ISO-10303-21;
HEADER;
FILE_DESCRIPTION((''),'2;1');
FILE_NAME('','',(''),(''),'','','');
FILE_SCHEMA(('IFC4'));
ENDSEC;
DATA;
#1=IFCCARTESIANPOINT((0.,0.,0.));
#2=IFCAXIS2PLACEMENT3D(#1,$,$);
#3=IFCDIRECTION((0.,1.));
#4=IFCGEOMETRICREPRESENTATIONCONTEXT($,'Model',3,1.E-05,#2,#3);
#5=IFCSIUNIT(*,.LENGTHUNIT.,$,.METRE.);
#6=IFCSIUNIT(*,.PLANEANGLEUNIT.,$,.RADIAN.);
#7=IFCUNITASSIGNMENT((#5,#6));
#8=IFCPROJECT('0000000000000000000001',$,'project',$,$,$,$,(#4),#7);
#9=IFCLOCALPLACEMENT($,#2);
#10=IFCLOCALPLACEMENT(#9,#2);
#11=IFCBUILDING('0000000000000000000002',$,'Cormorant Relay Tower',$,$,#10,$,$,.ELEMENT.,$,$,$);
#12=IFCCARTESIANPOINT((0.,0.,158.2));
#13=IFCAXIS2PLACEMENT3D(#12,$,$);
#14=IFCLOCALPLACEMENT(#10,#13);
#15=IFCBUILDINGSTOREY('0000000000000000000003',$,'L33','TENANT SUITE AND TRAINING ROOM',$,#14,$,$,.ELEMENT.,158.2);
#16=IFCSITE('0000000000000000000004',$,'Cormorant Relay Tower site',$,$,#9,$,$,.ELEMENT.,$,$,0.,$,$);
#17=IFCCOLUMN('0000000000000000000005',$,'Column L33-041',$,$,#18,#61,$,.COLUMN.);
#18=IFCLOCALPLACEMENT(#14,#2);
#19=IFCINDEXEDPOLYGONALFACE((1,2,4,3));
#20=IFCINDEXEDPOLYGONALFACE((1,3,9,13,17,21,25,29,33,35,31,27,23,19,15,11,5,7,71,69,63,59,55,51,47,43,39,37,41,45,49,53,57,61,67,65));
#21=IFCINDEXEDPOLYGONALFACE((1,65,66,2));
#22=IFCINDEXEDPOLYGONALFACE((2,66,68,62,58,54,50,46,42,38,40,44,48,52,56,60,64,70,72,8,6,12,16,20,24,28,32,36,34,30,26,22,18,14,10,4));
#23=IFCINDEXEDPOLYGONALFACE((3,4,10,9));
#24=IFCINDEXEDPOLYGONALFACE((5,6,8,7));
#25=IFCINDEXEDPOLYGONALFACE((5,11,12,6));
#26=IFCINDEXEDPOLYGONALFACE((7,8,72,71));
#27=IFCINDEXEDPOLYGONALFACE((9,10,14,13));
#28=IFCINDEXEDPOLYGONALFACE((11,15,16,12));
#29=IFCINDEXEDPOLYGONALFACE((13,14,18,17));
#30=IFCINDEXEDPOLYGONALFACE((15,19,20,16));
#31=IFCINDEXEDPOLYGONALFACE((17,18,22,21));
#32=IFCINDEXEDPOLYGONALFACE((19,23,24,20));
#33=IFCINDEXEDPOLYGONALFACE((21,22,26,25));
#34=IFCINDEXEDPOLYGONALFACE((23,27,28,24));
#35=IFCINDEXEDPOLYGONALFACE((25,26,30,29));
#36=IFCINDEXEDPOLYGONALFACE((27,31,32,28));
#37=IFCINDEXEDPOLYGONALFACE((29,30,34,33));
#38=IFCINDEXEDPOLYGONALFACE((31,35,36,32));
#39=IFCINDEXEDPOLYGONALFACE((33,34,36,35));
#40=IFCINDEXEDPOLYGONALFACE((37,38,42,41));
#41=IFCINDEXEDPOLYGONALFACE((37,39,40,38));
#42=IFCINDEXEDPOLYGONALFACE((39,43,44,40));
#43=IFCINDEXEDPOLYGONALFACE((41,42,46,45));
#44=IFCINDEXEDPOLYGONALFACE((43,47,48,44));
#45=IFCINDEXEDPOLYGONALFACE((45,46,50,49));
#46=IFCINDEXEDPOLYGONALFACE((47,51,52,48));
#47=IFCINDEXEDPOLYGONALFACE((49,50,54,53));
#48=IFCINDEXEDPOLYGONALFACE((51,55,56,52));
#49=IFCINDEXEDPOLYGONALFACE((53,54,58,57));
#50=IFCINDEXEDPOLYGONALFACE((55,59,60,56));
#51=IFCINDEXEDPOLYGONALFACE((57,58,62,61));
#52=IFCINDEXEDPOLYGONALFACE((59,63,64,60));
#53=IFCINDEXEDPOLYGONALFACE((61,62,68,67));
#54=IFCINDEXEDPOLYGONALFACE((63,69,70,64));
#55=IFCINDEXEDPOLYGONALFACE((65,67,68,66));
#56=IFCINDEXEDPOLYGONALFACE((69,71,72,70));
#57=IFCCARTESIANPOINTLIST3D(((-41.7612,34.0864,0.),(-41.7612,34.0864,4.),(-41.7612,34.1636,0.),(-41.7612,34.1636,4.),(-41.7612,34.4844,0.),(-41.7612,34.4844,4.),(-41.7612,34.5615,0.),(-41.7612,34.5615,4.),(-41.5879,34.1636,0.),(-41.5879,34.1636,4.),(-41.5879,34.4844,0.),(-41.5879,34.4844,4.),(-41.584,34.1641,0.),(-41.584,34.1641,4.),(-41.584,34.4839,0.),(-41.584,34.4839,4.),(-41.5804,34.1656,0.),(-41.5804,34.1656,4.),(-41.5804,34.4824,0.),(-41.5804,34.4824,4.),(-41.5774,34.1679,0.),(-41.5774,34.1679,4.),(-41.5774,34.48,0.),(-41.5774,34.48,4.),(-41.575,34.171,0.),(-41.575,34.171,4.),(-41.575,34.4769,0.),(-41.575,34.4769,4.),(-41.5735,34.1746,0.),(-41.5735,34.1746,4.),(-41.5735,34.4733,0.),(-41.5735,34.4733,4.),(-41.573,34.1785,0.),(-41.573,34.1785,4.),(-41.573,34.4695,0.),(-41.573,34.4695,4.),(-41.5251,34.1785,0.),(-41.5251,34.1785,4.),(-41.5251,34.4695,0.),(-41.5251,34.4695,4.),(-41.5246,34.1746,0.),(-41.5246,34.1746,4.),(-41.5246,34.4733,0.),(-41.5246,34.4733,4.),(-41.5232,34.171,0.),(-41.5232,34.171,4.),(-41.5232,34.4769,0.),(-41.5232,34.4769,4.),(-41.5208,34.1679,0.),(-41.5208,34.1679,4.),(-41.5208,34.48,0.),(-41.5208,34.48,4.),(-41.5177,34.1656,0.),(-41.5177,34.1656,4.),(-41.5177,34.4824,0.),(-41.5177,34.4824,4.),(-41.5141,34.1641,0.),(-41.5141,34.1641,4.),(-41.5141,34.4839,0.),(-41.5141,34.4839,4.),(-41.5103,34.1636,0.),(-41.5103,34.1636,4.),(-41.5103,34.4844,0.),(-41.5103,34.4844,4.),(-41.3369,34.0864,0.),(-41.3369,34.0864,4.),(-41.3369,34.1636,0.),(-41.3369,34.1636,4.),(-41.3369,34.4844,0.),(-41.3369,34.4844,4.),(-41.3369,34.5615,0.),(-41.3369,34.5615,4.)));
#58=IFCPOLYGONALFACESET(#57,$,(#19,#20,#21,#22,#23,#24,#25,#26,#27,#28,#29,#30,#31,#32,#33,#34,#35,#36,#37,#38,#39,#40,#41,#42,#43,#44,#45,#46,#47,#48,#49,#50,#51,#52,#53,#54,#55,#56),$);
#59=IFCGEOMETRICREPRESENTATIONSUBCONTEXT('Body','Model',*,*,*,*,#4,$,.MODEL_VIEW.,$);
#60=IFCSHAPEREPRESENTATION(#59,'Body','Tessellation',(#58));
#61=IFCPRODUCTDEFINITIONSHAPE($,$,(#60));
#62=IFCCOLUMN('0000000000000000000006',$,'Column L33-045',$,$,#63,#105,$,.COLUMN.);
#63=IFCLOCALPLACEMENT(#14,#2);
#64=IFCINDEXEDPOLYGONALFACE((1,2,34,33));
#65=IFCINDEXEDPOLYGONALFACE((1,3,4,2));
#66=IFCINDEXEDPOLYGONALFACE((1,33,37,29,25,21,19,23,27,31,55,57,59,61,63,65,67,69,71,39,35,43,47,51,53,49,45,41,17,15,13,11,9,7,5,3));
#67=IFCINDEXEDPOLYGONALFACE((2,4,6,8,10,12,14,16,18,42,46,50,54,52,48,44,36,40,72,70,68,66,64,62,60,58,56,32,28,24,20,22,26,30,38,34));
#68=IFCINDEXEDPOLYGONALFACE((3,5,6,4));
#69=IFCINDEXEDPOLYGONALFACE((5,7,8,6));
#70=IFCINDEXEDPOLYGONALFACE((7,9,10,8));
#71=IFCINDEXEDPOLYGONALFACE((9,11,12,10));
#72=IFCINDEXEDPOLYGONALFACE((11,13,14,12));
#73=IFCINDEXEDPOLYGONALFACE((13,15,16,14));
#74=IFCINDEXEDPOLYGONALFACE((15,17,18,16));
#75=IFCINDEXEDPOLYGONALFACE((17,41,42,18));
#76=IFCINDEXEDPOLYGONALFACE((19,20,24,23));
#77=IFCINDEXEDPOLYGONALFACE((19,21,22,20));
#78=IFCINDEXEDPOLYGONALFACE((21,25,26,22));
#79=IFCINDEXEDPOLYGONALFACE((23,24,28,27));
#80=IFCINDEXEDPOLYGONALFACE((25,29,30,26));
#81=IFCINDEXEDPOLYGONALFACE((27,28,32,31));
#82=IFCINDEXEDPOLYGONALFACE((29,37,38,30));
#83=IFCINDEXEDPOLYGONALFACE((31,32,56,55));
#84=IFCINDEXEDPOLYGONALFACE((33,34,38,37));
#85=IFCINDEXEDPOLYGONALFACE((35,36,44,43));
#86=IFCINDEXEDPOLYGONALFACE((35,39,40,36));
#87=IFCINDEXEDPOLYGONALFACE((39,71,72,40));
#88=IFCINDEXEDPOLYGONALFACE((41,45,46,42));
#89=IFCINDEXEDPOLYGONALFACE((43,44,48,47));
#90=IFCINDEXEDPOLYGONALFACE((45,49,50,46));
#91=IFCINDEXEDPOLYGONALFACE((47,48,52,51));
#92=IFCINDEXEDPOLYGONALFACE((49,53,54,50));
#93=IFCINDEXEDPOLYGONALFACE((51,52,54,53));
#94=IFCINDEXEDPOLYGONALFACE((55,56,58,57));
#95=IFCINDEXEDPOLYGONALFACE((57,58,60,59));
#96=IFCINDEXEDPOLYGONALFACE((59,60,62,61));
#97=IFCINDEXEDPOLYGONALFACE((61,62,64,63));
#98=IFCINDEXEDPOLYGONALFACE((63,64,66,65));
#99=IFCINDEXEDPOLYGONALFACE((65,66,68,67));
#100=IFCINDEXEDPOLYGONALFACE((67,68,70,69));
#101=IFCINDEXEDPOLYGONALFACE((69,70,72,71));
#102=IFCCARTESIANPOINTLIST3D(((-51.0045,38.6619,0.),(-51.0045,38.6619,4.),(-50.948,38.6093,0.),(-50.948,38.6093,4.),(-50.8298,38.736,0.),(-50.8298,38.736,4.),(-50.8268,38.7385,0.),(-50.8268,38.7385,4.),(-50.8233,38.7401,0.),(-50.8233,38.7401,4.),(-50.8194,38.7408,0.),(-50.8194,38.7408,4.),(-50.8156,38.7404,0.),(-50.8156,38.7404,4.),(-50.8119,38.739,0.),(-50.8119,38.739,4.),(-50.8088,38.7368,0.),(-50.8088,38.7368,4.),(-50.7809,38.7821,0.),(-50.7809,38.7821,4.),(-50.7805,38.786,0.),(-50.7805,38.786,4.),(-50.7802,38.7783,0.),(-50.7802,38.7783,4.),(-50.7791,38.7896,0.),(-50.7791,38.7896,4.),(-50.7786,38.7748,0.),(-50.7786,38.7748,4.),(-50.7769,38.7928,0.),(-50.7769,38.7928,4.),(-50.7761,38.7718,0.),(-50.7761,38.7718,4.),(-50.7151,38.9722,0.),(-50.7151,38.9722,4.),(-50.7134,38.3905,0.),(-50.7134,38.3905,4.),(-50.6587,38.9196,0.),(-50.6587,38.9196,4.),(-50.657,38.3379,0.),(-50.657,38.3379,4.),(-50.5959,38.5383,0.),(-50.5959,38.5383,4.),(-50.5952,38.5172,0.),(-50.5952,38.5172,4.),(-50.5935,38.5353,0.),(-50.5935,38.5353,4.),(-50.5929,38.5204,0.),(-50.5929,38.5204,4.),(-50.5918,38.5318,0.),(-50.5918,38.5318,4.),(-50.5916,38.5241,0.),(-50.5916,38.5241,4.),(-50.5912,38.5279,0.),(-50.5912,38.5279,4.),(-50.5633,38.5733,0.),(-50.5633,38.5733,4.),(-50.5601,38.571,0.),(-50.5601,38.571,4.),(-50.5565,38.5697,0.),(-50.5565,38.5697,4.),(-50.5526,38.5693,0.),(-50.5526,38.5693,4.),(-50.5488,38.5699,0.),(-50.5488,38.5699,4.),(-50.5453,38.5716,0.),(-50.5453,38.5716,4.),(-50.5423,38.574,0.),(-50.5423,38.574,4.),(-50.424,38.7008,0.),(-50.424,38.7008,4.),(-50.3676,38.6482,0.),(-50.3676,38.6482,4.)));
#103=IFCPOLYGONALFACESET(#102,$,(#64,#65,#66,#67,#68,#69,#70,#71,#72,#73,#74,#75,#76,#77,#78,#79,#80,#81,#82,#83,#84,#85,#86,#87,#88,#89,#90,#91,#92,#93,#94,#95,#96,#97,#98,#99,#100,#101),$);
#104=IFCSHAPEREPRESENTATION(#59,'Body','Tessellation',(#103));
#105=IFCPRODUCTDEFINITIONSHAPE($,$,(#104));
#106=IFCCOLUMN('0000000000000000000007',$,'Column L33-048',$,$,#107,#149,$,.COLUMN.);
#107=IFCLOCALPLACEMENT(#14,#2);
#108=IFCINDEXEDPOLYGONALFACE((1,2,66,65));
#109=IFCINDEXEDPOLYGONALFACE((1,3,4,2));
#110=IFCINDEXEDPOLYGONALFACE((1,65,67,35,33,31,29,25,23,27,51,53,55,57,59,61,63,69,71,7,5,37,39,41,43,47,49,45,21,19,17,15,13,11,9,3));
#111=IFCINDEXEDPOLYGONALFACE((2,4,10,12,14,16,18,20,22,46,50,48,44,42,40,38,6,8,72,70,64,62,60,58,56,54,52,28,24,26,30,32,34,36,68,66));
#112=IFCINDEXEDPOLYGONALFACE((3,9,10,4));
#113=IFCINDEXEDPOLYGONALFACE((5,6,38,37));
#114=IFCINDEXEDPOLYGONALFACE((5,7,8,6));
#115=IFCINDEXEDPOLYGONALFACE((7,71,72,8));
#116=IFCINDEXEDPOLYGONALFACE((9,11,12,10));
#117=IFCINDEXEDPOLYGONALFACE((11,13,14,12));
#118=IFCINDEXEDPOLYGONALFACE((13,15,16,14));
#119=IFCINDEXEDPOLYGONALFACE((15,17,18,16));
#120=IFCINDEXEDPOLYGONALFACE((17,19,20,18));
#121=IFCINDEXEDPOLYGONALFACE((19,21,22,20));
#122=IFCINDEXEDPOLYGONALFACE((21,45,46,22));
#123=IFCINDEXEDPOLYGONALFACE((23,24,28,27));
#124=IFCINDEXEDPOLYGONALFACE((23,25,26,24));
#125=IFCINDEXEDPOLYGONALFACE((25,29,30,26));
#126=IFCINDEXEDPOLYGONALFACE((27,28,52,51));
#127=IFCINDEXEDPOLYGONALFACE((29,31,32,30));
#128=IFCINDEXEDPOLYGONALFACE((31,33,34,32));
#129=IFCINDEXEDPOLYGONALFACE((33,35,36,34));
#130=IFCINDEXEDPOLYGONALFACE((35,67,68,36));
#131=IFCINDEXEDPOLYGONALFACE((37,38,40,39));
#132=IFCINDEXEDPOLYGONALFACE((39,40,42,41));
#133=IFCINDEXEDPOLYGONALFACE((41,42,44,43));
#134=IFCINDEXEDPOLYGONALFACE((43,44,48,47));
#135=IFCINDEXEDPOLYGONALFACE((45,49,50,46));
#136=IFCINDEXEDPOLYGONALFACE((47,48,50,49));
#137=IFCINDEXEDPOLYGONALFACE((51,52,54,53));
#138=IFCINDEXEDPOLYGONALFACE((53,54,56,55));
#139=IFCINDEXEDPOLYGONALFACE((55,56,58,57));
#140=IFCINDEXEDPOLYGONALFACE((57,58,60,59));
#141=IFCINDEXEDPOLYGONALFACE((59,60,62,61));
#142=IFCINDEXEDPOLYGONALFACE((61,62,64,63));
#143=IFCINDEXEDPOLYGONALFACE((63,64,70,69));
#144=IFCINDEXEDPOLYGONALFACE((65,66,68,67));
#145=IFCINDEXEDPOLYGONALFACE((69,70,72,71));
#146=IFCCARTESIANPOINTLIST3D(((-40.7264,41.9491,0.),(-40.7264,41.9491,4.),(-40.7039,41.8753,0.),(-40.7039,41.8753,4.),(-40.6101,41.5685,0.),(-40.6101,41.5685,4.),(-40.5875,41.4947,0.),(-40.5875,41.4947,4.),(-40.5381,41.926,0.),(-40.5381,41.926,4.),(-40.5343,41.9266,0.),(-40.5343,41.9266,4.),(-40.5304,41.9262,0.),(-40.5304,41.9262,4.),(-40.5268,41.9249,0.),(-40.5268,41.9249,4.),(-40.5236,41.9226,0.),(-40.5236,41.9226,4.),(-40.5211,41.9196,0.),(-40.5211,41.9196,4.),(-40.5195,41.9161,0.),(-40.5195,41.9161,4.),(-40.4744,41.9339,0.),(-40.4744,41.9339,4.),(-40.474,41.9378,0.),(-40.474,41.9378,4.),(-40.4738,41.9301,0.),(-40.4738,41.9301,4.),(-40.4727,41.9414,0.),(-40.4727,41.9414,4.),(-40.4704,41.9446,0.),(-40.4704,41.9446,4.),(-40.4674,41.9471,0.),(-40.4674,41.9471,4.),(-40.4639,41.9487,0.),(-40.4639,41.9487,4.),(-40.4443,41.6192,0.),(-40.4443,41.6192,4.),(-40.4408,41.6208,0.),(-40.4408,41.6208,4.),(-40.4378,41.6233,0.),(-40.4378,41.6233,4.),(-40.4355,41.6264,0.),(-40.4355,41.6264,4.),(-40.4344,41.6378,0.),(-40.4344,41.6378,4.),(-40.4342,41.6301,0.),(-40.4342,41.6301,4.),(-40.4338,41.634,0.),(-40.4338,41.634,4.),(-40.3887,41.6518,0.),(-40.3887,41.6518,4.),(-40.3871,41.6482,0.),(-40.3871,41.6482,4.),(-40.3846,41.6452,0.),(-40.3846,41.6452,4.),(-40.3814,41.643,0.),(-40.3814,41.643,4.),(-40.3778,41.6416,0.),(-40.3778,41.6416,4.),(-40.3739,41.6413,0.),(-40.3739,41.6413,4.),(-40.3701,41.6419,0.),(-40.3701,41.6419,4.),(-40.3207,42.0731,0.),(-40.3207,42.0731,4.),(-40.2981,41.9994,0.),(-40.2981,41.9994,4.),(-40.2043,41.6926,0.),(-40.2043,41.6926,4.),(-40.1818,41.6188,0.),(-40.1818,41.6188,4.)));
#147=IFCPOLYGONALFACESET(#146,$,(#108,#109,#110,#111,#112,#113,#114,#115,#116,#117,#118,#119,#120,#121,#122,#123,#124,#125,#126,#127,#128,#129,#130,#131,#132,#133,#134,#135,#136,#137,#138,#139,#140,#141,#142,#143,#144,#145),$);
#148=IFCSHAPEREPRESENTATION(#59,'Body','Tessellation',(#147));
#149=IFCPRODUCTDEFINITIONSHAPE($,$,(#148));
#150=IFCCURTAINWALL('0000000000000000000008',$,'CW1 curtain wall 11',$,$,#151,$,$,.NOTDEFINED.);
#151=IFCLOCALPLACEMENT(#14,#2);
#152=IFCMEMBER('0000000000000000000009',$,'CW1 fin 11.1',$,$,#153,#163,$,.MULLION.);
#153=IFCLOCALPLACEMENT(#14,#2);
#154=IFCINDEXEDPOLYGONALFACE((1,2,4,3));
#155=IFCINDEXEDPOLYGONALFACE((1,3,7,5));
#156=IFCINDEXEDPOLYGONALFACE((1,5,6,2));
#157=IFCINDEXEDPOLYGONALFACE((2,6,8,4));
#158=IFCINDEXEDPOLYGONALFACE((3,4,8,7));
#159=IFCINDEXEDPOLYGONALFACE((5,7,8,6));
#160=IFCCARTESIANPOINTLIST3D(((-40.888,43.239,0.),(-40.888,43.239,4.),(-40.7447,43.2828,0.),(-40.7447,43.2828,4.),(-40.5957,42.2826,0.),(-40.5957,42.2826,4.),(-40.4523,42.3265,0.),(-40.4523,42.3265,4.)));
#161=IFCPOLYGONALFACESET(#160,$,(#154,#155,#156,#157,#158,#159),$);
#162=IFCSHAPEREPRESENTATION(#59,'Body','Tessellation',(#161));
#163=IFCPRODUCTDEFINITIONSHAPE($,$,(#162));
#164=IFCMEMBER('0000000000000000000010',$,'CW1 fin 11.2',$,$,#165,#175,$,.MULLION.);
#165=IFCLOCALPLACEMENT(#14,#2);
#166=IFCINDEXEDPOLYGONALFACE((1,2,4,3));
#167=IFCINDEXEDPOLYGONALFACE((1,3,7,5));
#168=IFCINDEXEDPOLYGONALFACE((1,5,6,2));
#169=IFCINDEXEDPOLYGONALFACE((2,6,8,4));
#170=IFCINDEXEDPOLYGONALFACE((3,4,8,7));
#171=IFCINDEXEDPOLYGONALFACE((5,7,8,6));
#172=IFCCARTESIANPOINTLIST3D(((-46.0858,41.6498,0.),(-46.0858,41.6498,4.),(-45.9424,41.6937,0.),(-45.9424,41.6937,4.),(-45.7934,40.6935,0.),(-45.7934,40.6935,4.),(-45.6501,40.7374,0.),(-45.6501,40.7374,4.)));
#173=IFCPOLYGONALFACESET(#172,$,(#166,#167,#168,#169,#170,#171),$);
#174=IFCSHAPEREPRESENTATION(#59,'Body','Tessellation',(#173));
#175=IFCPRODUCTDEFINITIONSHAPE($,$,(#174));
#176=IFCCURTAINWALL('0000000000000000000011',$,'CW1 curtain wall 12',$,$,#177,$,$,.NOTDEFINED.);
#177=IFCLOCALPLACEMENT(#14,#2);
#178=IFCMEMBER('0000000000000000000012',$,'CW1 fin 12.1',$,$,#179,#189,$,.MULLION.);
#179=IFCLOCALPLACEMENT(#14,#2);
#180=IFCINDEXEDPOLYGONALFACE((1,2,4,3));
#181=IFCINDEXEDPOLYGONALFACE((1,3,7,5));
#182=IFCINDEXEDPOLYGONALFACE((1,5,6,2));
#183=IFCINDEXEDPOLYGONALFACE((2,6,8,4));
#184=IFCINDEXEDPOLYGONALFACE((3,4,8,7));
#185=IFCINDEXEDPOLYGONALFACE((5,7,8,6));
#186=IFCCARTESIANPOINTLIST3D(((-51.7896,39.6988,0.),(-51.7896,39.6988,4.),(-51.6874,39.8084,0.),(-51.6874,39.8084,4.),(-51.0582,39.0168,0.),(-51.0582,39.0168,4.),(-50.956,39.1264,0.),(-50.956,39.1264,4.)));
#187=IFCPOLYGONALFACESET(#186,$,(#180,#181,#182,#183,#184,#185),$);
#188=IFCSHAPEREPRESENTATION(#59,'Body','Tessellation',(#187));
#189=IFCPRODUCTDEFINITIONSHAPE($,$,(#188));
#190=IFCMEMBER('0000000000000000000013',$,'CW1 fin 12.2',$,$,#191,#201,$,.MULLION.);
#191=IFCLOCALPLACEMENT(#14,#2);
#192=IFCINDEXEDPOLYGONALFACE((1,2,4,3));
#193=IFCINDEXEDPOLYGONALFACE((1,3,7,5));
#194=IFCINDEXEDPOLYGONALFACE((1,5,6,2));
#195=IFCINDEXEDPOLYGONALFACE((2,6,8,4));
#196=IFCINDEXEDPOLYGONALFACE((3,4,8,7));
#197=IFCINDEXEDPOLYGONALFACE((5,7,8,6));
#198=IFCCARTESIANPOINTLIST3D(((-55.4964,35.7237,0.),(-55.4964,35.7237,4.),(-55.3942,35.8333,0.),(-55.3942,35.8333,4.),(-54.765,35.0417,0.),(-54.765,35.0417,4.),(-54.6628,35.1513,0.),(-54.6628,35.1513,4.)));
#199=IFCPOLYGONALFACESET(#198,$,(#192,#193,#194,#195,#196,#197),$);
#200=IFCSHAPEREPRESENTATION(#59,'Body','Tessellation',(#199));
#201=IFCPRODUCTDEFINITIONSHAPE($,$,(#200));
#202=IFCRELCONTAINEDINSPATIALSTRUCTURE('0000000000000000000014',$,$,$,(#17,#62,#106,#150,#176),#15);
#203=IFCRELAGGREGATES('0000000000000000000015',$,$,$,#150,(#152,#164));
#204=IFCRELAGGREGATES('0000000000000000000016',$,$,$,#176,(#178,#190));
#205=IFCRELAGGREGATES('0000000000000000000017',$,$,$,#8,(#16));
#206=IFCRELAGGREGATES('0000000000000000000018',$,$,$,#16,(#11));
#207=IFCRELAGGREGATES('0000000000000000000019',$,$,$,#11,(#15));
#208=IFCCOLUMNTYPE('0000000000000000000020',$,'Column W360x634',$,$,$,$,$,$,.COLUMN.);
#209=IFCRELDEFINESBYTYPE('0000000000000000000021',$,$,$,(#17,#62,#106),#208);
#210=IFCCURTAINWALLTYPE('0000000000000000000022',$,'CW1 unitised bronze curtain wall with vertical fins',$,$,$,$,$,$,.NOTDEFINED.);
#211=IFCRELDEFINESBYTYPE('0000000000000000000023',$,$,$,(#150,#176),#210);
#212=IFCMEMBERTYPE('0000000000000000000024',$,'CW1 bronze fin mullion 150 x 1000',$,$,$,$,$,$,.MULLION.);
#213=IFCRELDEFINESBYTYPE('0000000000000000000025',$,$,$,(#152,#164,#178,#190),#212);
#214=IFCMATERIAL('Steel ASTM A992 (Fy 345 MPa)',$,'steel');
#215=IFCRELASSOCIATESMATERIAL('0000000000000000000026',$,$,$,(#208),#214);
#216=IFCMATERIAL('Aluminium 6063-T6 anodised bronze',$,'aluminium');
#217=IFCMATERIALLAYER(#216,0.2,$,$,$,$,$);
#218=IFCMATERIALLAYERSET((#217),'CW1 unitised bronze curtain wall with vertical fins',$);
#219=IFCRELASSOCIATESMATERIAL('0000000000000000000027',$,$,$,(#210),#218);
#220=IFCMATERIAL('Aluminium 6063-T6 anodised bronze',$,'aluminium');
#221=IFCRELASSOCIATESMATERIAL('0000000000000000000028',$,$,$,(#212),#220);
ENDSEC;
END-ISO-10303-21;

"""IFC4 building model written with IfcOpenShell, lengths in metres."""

from ifc_helpers import new_model, si_unit, direction, frame, origin, origin_2d, place, context, subcontext, project, spatial, rectangle, i_section, extrude, material, layer, layer_set, material_profile, profile_set, type_object, element, aggregate, save


model = new_model("IFC4")

# Units and contexts
model_context = context("Model", 3, precision=1e-05, world=origin(), true_north=direction((0.0, 1.0)))
body_context = subcontext(model_context, "Body", "Model", "MODEL_VIEW")
ifc_project = project(units=[si_unit("LENGTHUNIT", "METRE"), si_unit("PLANEANGLEUNIT", "RADIAN")], contexts=[model_context])

# Site, building, storey
site_placement = place(None, origin())
site = spatial("IfcSite", under=ifc_project, at=site_placement, Name="Cormorant Relay Tower site", CompositionType="ELEMENT", RefElevation=0.0)
building_placement = place(site_placement, origin())
building = spatial("IfcBuilding", under=site, at=building_placement, Name="Cormorant Relay Tower", CompositionType="ELEMENT")
storey_placement = place(building_placement, frame((0.0, 0.0, 158.2)))
storey = spatial("IfcBuildingStorey", under=building, at=storey_placement, Name="L33", Description="TENANT SUITE AND TRAINING ROOM", CompositionType="ELEMENT", Elevation=158.2)

# Columns
ifc_material_1 = material(Name="Steel ASTM A992 (Fy 345 MPa)", Category="steel")
ifc_material_profile_1 = material_profile(ifc_material_1, i_section(OverallWidth=0.4243, OverallDepth=0.4751, WebThickness=0.0479, FlangeThickness=0.0771, FilletRadius=0.0149, at=origin_2d()), Name="W360x634")
ifc_profile_set_1 = profile_set([ifc_material_profile_1], Name="Steel ASTM A992 (Fy 345 MPa)")
column_type = type_object("IfcColumnType", Name="Column W360x634", PredefinedType="COLUMN", material=ifc_profile_set_1)
for number, where, z_axis, x_axis, name in (
    (1, (-41.5491, 34.324, 0.0), (0.0, 0.0, 1.0), (1.0, 0.0, 0.0), "Column L33-041"),
    (2, (-50.686, 38.655, 0.0), (0.0, 0.0, 1.0), (-0.681998, -0.731354, 0.0), "Column L33-045"),
    (3, (-40.4541, 41.7839, 0.0), (0.0, 0.0, 1.0), (-0.956305, -0.292372, 0.0), "Column L33-048"),
):
    element("IfcColumn", number, at=place(storey_placement, frame(where, z_axis=z_axis, x_axis=x_axis)), inside=storey, type_object=column_type, Name=name, PredefinedType="COLUMN", context=body_context, shape_type="SweptSolid", body=[
        extrude(i_section(OverallWidth=0.4243, OverallDepth=0.4751, WebThickness=0.0479, FlangeThickness=0.0771, FilletRadius=0.0149, at=origin_2d()), origin(), (0.0, 0.0, 1.0), 4.0),
    ])

# Curtain walls, members
ifc_material_2 = material(Name="Aluminium 6063-T6 anodised bronze", Category="aluminium")
ifc_layer_1 = layer(ifc_material_2, 0.2)
ifc_layer_set_1 = layer_set([ifc_layer_1], Name="CW1 unitised bronze curtain wall with vertical fins")
curtain_wall_type = type_object("IfcCurtainWallType", Name="CW1 unitised bronze curtain wall with vertical fins", PredefinedType="NOTDEFINED", material=ifc_layer_set_1)
curtain_wall_1_placement = place(storey_placement, origin())
curtain_wall_1 = element("IfcCurtainWall", 4, at=curtain_wall_1_placement, inside=storey, type_object=curtain_wall_type, Name="CW1 curtain wall 11", PredefinedType="NOTDEFINED")
ifc_material_3 = material(Name="Aluminium 6063-T6 anodised bronze", Category="aluminium")
ifc_material_profile_2 = material_profile(ifc_material_3, rectangle(XDim=0.1499, YDim=1.0, at=origin_2d()), Name="AL 150x1000")
ifc_profile_set_2 = profile_set([ifc_material_profile_2], Name="Aluminium 6063-T6 anodised bronze")
member_type_1 = type_object("IfcMemberType", Name="CW1 bronze fin mullion 150 x 1000", PredefinedType="MULLION", material=ifc_profile_set_2)
member_1_placement = place(storey_placement, frame((-40.6702, 42.7827, 0.0), z_axis=(0.0, 0.0, 1.0), x_axis=(-0.956305, -0.292372, 0.0)))
member_1 = element("IfcMember", 5, at=member_1_placement, type_object=member_type_1, Name="CW1 fin 11.1", PredefinedType="MULLION", context=body_context, shape_type="SweptSolid", body=[
    extrude(rectangle(XDim=0.1499, YDim=1.0, at=origin_2d()), origin(), (0.0, 0.0, 1.0), 4.0),
])
member_2_placement = place(storey_placement, frame((-45.8679, 41.1936, 0.0), z_axis=(0.0, 0.0, 1.0), x_axis=(-0.956305, -0.292372, 0.0)))
member_2 = element("IfcMember", 6, at=member_2_placement, type_object=member_type_1, Name="CW1 fin 11.2", PredefinedType="MULLION", context=body_context, shape_type="SweptSolid", body=[
    extrude(rectangle(XDim=0.1499, YDim=1.0, at=origin_2d()), origin(), (0.0, 0.0, 1.0), 4.0),
])
curtain_wall_2_placement = place(storey_placement, origin())
curtain_wall_2 = element("IfcCurtainWall", 7, at=curtain_wall_2_placement, inside=storey, type_object=curtain_wall_type, Name="CW1 curtain wall 12", PredefinedType="NOTDEFINED")
member_3_placement = place(storey_placement, frame((-51.3728, 39.4126, 0.0), z_axis=(0.0, 0.0, 1.0), x_axis=(-0.681998, -0.731354, 0.0)))
member_3 = element("IfcMember", 8, at=member_3_placement, type_object=member_type_1, Name="CW1 fin 12.1", PredefinedType="MULLION", context=body_context, shape_type="SweptSolid", body=[
    extrude(rectangle(XDim=0.1499, YDim=1.0, at=origin_2d()), origin(), (0.0, 0.0, 1.0), 4.0),
])
member_4_placement = place(storey_placement, frame((-55.0796, 35.4375, 0.0), z_axis=(0.0, 0.0, 1.0), x_axis=(-0.681998, -0.731354, 0.0)))
member_4 = element("IfcMember", 9, at=member_4_placement, type_object=member_type_1, Name="CW1 fin 12.2", PredefinedType="MULLION", context=body_context, shape_type="SweptSolid", body=[
    extrude(rectangle(XDim=0.1499, YDim=1.0, at=origin_2d()), origin(), (0.0, 0.0, 1.0), 4.0),
])

aggregate(curtain_wall_1, [member_1, member_2])
aggregate(curtain_wall_2, [member_3, member_4])

save(model, "model.ifc")
